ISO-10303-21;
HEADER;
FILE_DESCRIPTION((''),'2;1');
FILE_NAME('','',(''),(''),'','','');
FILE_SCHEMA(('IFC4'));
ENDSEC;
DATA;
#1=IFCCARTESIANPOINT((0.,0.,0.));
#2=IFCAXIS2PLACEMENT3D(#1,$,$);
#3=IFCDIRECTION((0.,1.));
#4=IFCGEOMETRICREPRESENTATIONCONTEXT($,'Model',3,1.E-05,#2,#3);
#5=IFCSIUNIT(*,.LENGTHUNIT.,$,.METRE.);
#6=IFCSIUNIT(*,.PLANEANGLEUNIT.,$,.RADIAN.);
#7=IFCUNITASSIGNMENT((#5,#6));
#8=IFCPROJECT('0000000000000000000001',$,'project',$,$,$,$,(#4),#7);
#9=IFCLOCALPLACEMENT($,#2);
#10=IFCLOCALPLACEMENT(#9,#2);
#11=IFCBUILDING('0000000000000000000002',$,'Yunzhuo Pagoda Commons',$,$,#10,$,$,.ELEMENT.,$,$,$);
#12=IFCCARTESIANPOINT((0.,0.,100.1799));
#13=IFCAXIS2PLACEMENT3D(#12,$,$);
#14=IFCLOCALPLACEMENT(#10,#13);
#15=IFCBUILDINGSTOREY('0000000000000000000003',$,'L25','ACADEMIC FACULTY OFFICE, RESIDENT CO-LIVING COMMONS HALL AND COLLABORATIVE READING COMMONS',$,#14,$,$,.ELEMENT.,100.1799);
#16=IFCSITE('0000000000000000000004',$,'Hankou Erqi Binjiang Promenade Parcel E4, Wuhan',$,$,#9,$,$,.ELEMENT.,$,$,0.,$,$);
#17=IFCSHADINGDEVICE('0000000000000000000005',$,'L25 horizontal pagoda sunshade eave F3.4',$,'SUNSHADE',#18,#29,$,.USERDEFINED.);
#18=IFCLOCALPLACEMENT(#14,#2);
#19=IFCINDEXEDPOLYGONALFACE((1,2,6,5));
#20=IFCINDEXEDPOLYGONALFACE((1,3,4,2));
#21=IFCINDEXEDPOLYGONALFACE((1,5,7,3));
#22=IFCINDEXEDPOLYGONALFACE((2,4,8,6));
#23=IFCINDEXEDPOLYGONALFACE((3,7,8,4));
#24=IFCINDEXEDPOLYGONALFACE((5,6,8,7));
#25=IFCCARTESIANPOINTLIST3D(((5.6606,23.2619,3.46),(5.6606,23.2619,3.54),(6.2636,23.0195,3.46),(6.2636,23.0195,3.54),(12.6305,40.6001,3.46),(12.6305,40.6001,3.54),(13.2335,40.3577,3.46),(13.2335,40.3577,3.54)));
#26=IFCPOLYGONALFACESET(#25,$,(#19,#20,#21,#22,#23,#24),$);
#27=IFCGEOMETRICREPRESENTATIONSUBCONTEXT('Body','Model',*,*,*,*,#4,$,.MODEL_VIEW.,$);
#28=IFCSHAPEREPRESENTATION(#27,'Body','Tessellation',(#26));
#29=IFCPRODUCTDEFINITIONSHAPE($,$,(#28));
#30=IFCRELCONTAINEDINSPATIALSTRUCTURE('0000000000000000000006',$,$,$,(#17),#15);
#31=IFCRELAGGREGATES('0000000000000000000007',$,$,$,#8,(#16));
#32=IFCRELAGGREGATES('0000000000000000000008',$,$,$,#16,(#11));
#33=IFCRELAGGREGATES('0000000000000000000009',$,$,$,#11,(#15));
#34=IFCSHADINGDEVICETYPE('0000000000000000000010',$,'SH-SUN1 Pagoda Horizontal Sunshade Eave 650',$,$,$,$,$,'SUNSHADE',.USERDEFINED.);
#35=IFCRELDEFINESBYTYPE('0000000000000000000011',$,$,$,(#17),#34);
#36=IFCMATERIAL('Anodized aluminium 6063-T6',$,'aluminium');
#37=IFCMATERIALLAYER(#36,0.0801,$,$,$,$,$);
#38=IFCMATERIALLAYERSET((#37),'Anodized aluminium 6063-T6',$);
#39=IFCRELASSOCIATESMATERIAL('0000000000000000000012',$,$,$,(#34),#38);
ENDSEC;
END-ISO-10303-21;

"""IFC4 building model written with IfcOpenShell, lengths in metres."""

from ifc_helpers import new_model, si_unit, direction, frame, origin, origin_2d, place, context, subcontext, project, spatial, rectangle, extrude, source, transform, mapped, material, layer, layer_set, type_object, element, save


model = new_model("IFC4")

# Units and contexts
model_context = context("Model", 3, precision=1e-05, world=origin(), true_north=direction((0.0, 1.0)))
body_context = subcontext(model_context, "Body", "Model", "MODEL_VIEW")
ifc_project = project(units=[si_unit("LENGTHUNIT", "METRE"), si_unit("PLANEANGLEUNIT", "RADIAN")], contexts=[model_context])

# Site, building, storey
site_placement = place(None, origin())
site = spatial("IfcSite", under=ifc_project, at=site_placement, Name="Hankou Erqi Binjiang Promenade Parcel E4, Wuhan", CompositionType="ELEMENT", RefElevation=0.0)
building_placement = place(site_placement, origin())
building = spatial("IfcBuilding", under=site, at=building_placement, Name="Yunzhuo Pagoda Commons", CompositionType="ELEMENT")
storey_placement = place(building_placement, frame((0.0, 0.0, 100.1799)))
storey = spatial("IfcBuildingStorey", under=building, at=storey_placement, Name="L25", Description="ACADEMIC FACULTY OFFICE, RESIDENT CO-LIVING COMMONS HALL AND COLLABORATIVE READING COMMONS", CompositionType="ELEMENT", Elevation=100.1799)

# Shared definitions
ifc_material_1 = material(Name="Anodized aluminium 6063-T6", Category="aluminium")

# Shading device
ifc_layer_1 = layer(ifc_material_1, 0.0801)
ifc_layer_set_1 = layer_set([ifc_layer_1], Name="Anodized aluminium 6063-T6")
shading_device_type = type_object("IfcShadingDeviceType", Name="SH-SUN1 Pagoda Horizontal Sunshade Eave 650", ElementType="SUNSHADE", PredefinedType="USERDEFINED", material=ifc_layer_set_1)
shared_shape_1 = source(origin(), body_context, "Body", "SweptSolid", [
    extrude(rectangle(XDim=18.6868, YDim=0.6499, at=origin_2d()), origin(), (0.0, 0.0, 1.0), 0.0801),
])
shading_device_placement = place(storey_placement, frame((9.447, 31.8098, 3.46), z_axis=(0.0, 0.0, 1.0), x_axis=(-0.372988, -0.927836, 0.0)))
element("IfcShadingDevice", 1, at=shading_device_placement, inside=storey, type_object=shading_device_type, Name="L25 horizontal pagoda sunshade eave F3.4", ObjectType="SUNSHADE", PredefinedType="USERDEFINED", context=body_context, shape_type="MappedRepresentation", body=[
    mapped(shared_shape_1, transform((0.0, 0.0, 0.0), scale=1.0)),
])

save(model, "model.ifc")
